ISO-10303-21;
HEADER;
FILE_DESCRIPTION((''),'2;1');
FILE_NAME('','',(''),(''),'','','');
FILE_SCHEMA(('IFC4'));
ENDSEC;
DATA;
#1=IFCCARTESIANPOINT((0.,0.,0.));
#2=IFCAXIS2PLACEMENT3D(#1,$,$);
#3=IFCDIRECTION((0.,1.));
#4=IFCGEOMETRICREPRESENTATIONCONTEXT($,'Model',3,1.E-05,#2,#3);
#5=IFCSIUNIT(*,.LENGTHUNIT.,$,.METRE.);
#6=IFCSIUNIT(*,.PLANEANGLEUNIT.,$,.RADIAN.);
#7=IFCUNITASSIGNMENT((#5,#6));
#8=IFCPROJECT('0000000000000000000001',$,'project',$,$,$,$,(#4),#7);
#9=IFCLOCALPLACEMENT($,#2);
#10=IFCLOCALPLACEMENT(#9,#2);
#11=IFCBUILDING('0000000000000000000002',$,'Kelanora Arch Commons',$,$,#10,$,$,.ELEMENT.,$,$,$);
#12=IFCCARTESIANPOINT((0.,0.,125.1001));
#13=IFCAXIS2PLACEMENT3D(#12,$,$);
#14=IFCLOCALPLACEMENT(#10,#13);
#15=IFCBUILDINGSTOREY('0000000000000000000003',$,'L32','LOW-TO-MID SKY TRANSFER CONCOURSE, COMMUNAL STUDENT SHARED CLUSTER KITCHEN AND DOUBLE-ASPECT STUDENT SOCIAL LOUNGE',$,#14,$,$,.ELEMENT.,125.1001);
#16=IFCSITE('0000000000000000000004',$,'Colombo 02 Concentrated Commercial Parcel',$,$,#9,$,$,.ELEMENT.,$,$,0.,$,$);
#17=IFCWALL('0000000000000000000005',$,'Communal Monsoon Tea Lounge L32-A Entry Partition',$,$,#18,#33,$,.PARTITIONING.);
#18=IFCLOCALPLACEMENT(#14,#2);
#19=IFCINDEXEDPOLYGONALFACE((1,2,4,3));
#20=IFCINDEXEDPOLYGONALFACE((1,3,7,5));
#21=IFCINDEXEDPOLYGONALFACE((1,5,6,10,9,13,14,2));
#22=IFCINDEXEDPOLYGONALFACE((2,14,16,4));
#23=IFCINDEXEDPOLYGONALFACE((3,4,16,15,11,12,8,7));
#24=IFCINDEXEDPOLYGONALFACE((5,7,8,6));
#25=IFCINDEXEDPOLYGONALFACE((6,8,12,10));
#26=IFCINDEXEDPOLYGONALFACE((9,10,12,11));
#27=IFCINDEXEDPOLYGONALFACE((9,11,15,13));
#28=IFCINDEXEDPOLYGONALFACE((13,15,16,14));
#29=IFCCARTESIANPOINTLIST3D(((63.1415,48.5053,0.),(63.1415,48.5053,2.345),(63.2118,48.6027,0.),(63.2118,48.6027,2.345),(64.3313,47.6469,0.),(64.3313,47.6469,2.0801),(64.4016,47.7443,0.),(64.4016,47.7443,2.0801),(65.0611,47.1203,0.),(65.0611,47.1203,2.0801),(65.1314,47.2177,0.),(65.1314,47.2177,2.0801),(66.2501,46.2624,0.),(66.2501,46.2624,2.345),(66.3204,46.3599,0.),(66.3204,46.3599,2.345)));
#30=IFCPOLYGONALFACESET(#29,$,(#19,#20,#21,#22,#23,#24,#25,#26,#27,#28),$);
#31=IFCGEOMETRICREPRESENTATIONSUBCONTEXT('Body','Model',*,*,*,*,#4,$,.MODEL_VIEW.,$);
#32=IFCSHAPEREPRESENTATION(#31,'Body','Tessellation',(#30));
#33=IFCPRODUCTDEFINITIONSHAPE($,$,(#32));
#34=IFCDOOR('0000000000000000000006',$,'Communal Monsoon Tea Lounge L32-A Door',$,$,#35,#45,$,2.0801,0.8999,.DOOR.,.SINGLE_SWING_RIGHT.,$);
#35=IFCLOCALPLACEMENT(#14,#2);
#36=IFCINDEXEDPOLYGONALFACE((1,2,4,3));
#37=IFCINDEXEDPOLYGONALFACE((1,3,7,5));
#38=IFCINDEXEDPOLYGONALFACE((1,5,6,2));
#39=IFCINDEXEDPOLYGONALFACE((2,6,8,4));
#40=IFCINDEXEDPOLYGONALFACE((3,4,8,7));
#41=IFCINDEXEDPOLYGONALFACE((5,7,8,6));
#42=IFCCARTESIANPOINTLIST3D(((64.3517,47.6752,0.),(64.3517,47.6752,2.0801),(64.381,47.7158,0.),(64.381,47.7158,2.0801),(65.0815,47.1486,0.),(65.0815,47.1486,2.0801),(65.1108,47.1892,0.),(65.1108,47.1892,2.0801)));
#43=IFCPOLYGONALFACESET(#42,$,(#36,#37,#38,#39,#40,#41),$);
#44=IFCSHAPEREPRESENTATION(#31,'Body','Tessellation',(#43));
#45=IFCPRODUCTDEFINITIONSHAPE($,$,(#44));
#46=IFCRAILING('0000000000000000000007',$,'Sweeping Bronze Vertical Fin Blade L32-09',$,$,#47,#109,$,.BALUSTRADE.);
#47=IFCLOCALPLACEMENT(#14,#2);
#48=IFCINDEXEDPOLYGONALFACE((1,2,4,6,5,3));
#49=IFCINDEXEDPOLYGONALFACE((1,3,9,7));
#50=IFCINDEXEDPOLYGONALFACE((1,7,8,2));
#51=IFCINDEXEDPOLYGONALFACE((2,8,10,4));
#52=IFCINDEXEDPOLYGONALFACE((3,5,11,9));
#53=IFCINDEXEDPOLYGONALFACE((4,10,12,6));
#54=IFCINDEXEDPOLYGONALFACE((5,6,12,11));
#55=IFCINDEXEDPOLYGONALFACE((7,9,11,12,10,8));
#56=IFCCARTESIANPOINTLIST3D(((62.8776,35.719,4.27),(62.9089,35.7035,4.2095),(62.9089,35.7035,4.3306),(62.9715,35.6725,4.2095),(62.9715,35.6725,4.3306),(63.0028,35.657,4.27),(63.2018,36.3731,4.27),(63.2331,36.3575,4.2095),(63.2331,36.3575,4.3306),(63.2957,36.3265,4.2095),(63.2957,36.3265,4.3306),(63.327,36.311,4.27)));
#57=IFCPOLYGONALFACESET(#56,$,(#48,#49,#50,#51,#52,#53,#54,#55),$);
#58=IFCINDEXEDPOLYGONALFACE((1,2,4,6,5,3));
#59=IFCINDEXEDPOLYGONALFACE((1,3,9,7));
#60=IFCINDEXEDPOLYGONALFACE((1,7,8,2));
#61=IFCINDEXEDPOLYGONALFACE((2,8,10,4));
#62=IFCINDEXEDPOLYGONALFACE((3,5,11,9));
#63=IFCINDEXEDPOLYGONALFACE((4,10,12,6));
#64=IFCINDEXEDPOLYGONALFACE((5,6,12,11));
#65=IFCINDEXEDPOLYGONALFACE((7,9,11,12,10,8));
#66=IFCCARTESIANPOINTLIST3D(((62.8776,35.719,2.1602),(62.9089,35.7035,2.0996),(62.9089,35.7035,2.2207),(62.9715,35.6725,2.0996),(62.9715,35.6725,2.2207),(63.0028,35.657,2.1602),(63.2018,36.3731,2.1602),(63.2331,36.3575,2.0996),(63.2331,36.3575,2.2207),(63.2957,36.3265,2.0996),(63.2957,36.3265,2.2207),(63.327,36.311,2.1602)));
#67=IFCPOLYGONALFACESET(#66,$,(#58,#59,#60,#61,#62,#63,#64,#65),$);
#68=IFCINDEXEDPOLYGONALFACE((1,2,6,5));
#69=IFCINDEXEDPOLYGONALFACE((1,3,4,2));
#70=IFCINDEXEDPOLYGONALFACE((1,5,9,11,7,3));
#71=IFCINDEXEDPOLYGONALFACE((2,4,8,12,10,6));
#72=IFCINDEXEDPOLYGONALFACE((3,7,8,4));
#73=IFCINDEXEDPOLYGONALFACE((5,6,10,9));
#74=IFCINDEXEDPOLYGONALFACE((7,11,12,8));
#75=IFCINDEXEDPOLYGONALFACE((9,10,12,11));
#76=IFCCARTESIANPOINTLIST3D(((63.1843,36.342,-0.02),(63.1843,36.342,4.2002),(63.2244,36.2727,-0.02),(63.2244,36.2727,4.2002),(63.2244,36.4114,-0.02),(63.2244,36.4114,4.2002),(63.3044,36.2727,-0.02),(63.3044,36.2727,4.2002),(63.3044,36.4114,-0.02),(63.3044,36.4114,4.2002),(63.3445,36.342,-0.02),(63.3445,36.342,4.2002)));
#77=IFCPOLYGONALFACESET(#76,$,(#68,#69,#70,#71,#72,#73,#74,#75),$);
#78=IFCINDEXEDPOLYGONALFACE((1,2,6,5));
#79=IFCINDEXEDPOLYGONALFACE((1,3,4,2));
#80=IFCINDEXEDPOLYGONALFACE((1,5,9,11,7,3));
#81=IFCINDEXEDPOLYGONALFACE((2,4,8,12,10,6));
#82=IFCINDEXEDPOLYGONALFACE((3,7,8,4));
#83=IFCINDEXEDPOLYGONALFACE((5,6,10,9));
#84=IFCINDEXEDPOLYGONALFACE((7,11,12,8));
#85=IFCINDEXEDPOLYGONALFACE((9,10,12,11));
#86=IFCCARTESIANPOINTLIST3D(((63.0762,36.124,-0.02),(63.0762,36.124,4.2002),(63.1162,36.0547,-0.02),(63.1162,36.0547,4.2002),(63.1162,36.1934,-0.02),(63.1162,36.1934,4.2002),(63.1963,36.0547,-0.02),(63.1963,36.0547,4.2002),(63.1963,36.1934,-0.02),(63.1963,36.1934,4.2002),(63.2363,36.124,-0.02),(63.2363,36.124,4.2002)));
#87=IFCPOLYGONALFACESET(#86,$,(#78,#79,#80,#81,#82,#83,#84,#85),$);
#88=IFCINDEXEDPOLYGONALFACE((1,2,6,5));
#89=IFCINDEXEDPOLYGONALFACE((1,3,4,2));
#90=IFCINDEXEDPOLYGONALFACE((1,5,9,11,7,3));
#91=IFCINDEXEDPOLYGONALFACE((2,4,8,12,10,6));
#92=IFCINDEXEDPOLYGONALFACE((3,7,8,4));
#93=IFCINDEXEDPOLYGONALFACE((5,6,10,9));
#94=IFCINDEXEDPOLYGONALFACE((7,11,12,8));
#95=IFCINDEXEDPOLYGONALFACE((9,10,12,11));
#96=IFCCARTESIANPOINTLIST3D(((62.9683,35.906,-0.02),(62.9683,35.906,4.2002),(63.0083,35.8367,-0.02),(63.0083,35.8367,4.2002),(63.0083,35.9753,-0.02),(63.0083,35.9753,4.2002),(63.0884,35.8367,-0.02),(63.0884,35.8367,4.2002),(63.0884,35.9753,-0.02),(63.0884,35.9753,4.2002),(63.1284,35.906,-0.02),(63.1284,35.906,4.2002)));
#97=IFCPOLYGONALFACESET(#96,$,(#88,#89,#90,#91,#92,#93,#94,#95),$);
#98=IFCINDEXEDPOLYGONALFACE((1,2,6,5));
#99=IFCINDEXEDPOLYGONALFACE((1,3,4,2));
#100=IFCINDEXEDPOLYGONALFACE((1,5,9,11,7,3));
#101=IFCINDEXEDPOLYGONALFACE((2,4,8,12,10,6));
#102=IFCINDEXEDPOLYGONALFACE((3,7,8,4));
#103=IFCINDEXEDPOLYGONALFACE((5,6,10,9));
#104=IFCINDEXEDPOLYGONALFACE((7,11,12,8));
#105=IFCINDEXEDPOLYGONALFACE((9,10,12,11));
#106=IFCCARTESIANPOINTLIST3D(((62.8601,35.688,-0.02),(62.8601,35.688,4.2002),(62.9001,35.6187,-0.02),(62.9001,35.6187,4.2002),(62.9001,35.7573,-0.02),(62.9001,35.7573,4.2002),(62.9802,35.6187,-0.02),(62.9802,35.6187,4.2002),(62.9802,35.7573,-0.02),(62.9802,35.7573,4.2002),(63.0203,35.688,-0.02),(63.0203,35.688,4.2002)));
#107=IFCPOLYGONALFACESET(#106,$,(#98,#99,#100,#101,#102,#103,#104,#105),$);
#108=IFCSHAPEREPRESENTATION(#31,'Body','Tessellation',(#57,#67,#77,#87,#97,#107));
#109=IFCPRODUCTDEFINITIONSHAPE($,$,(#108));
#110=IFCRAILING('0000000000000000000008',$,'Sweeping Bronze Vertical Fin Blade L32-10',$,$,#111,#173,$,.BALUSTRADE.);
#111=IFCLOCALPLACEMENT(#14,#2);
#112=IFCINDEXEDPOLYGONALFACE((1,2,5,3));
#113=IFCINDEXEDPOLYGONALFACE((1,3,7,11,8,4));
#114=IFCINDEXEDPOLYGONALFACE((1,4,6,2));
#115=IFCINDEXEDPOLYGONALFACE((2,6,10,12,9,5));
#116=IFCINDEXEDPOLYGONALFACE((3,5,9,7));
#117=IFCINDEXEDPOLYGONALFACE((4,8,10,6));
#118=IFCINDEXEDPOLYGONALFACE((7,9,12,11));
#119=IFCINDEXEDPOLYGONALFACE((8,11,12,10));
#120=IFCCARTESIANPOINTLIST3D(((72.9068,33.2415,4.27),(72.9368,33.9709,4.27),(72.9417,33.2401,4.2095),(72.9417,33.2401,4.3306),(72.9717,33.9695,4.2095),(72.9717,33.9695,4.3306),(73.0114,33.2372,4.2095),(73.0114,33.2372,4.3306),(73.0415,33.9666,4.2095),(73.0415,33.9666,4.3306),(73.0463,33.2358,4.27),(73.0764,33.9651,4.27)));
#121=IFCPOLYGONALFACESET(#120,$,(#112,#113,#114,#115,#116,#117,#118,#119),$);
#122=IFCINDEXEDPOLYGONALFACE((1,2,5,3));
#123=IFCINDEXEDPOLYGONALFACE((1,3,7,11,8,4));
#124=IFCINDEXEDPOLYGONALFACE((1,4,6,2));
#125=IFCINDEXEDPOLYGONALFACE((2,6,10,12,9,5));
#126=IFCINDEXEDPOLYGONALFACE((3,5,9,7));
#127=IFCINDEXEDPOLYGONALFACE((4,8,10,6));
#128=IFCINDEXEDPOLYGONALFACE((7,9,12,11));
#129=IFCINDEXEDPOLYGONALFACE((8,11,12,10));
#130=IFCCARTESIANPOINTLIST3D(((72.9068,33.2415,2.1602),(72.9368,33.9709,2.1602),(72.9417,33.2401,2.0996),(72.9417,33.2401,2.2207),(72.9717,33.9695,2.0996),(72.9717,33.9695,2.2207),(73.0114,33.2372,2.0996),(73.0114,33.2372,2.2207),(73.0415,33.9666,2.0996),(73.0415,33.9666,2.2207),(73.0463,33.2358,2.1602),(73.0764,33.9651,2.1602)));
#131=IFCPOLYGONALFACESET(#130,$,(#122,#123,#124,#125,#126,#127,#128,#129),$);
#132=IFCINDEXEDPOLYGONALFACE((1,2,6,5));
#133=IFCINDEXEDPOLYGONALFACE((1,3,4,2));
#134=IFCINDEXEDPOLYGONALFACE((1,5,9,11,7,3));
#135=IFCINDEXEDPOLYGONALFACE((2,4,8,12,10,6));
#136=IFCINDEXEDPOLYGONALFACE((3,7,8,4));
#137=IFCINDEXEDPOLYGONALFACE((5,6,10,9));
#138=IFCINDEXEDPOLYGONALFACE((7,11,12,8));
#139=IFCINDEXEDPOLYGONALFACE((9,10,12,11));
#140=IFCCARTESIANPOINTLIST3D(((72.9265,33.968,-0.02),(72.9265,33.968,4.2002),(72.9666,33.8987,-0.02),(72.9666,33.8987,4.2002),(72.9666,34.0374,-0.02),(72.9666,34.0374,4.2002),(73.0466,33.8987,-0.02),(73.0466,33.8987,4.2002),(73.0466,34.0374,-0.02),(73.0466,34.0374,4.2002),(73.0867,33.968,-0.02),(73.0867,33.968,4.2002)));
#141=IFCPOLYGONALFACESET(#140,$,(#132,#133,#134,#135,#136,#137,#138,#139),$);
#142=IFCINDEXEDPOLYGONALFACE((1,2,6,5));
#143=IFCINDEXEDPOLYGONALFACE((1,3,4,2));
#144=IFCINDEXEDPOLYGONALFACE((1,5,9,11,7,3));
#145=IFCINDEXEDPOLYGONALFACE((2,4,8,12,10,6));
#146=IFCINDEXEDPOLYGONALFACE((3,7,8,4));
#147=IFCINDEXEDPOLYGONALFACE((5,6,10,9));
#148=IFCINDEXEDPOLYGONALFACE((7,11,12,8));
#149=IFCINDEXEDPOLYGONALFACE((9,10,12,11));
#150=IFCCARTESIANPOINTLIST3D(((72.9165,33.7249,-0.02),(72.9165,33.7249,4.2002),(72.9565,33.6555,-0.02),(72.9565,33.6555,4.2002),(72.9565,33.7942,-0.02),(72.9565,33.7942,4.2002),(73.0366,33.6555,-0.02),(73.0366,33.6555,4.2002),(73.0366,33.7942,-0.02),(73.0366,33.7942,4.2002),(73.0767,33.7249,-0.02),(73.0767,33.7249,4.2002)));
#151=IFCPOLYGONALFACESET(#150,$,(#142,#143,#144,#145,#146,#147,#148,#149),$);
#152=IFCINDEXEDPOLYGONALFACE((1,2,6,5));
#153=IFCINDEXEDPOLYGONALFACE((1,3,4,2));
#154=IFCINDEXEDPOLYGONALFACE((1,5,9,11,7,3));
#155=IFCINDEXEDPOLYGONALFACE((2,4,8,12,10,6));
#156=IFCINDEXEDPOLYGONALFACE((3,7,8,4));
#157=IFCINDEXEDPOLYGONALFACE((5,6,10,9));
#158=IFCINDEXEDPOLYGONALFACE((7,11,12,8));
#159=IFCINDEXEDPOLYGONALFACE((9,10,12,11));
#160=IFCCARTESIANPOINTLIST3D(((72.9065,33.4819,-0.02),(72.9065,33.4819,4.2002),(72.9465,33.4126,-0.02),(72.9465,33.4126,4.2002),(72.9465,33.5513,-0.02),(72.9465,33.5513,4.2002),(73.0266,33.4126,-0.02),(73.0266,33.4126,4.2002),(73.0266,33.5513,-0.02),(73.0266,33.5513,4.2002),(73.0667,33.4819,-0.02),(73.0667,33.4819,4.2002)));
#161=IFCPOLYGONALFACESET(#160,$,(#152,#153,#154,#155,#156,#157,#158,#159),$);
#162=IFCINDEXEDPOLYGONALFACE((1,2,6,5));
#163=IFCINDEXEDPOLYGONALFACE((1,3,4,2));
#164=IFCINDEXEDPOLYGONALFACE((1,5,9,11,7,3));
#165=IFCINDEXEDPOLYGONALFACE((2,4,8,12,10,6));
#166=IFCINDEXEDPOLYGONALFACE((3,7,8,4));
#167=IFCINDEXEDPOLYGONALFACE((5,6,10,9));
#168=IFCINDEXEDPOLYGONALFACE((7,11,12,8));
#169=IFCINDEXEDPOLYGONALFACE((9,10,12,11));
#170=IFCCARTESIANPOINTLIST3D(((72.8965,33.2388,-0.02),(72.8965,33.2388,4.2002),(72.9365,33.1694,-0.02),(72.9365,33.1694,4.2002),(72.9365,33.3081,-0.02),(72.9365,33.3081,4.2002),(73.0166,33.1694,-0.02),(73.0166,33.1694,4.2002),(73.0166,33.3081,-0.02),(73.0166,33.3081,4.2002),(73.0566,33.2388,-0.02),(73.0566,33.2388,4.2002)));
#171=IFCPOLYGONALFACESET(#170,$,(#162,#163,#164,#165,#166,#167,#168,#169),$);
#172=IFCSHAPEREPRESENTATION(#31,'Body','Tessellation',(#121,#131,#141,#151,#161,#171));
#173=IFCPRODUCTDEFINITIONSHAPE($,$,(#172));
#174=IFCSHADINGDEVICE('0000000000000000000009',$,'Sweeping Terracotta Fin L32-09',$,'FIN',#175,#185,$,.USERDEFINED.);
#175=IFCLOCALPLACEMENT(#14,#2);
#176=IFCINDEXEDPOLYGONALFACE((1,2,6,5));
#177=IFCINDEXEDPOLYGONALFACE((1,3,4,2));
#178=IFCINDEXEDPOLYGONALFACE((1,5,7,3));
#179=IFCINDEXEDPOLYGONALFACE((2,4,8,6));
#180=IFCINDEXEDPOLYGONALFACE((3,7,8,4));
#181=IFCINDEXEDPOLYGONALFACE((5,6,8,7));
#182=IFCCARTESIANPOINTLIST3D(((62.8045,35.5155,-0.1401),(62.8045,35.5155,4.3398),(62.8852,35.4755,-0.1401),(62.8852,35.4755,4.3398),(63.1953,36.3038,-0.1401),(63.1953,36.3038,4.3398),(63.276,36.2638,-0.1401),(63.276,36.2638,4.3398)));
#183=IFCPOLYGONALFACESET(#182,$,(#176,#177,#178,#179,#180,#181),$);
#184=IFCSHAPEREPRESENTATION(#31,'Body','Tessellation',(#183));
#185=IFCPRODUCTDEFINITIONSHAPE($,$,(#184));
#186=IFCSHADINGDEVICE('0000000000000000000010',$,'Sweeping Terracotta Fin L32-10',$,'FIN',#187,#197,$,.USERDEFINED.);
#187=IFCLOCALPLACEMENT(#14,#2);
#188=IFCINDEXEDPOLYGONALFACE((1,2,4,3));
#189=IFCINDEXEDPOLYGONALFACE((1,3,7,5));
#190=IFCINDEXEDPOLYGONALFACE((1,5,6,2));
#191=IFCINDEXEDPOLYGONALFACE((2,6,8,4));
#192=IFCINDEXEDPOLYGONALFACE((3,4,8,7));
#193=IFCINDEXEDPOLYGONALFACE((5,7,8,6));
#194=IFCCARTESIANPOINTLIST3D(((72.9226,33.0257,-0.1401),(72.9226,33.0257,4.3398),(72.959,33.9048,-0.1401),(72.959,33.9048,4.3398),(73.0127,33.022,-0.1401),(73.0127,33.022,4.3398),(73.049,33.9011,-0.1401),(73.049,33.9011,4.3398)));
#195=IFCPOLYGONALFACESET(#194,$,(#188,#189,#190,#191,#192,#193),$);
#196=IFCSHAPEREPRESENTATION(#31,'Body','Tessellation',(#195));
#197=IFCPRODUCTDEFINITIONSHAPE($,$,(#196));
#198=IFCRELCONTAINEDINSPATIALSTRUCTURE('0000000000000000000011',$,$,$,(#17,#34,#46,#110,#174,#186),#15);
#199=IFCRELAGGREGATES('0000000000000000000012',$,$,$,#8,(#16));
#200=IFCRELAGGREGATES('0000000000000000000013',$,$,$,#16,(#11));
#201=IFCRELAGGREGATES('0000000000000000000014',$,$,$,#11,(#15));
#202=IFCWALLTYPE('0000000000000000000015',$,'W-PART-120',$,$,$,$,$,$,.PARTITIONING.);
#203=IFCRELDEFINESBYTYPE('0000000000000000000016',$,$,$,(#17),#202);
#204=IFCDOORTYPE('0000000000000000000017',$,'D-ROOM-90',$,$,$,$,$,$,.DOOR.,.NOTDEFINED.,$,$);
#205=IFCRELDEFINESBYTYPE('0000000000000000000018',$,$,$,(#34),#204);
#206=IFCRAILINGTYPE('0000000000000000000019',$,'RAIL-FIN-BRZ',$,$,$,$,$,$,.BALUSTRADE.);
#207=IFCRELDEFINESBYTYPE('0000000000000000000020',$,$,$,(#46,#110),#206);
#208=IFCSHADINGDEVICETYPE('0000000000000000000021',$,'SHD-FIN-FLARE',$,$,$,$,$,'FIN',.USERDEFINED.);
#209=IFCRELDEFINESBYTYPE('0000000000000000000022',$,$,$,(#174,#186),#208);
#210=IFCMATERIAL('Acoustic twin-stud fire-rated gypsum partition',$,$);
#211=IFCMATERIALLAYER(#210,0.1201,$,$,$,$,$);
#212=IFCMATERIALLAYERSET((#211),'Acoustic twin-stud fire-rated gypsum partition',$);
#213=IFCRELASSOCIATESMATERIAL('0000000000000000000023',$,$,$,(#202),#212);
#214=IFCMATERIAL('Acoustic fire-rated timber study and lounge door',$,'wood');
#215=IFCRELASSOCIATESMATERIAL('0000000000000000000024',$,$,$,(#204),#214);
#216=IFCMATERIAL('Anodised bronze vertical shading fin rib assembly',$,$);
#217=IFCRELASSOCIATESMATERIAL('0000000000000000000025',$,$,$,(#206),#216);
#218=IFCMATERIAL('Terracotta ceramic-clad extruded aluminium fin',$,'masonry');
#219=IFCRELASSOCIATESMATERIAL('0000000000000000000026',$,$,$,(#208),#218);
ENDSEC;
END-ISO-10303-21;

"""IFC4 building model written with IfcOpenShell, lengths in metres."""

from ifc_helpers import new_model, si_unit, direction, frame, frame_2d, origin, origin_2d, place, context, subcontext, project, spatial, polyline, rectangle, outline, extrude, source, transform, mapped, material, layer, layer_set, type_object, element, fill, save


model = new_model("IFC4")

# Units and contexts
model_context = context("Model", 3, precision=1e-05, world=origin(), true_north=direction((0.0, 1.0)))
body_context = subcontext(model_context, "Body", "Model", "MODEL_VIEW")
ifc_project = project(units=[si_unit("LENGTHUNIT", "METRE"), si_unit("PLANEANGLEUNIT", "RADIAN")], contexts=[model_context])

# Site, building, storey
site_placement = place(None, origin())
site = spatial("IfcSite", under=ifc_project, at=site_placement, Name="Colombo 02 Concentrated Commercial Parcel", CompositionType="ELEMENT", RefElevation=0.0)
building_placement = place(site_placement, origin())
building = spatial("IfcBuilding", under=site, at=building_placement, Name="Kelanora Arch Commons", CompositionType="ELEMENT")
storey_placement = place(building_placement, frame((0.0, 0.0, 125.1001)))
storey = spatial("IfcBuildingStorey", under=building, at=storey_placement, Name="L32", Description="LOW-TO-MID SKY TRANSFER CONCOURSE, COMMUNAL STUDENT SHARED CLUSTER KITCHEN AND DOUBLE-ASPECT STUDENT SOCIAL LOUNGE", CompositionType="ELEMENT", Elevation=125.1001)

# Wall, opening, door
ifc_material_1 = material(Name="Acoustic twin-stud fire-rated gypsum partition")
ifc_layer_1 = layer(ifc_material_1, 0.1201)
ifc_layer_set_1 = layer_set([ifc_layer_1], Name="Acoustic twin-stud fire-rated gypsum partition")
wall_type_1 = type_object("IfcWallType", Name="W-PART-120", PredefinedType="PARTITIONING", material=ifc_layer_set_1)
wall_1_placement = place(storey_placement, frame((63.1768, 48.554, 0.0), z_axis=(0.0, 0.0, 1.0), x_axis=(0.810953, -0.585111, 0.0)))
wall_1 = element("IfcWall", 1, at=wall_1_placement, inside=storey, type_object=wall_type_1, Name="Communal Monsoon Tea Lounge L32-A Entry Partition", PredefinedType="PARTITIONING", context=body_context, shape_type="SweptSolid", body=[
    extrude(rectangle(XDim=3.8333, YDim=0.1201, at=frame_2d((1.9165, 0.0))), origin(), (0.0, 0.0, 1.0), 2.345),
])
opening_1_placement = place(wall_1_placement, frame((1.467, 0.0, 0.0)))
opening_1 = element("IfcOpeningElement", 2, at=opening_1_placement, cuts=wall_1, PredefinedType="OPENING", context=body_context, shape_type="SweptSolid", body=[
    extrude(rectangle(XDim=0.8999, YDim=2.0801, at=frame_2d((0.45, 1.04))), frame((0.0, 0.0701, 0.0), z_axis=(0.0, -1.0, 0.0), x_axis=(1.0, 0.0, 0.0)), (0.0, 0.0, 1.0), 0.1401),
])
ifc_material_2 = material(Name="Acoustic fire-rated timber study and lounge door", Category="wood")
door_type_1 = type_object("IfcDoorType", Name="D-ROOM-90", OperationType="NOTDEFINED", PredefinedType="DOOR", material=ifc_material_2)
door_1_placement = place(opening_1_placement, origin())
door_1 = element("IfcDoor", 3, at=door_1_placement, inside=storey, type_object=door_type_1, Name="Communal Monsoon Tea Lounge L32-A Door", OperationType="SINGLE_SWING_RIGHT", OverallHeight=2.0801, OverallWidth=0.8999, PredefinedType="DOOR", context=body_context, shape_type="SweptSolid", body=[
    extrude(rectangle(XDim=0.8999, YDim=2.0801, at=frame_2d((0.45, 1.04))), frame((0.0, 0.0249, 0.0), z_axis=(0.0, -1.0, 0.0), x_axis=(1.0, 0.0, 0.0)), (0.0, 0.0, 1.0), 0.05),
])
fill(opening_1, door_1)

# Railings
ifc_material_3 = material(Name="Anodised bronze vertical shading fin rib assembly")
railing_type = type_object("IfcRailingType", Name="RAIL-FIN-BRZ", PredefinedType="BALUSTRADE", material=ifc_material_3)
railing_1_placement = place(storey_placement, frame((63.2644, 36.342, -0.02)))
element("IfcRailing", 4, at=railing_1_placement, inside=storey, type_object=railing_type, Name="Sweeping Bronze Vertical Fin Blade L32-09", PredefinedType="BALUSTRADE", context=body_context, shape_type="SweptSolid", body=[
    extrude(outline(polyline([(0.0698, 0.0), (0.0349, 0.0605), (-0.0349, 0.0605), (-0.0698, 0.0), (-0.0349, -0.0605), (0.0349, -0.0605), (0.0698, 0.0)])), frame((0.0, 0.0, 4.29), z_axis=(-0.444134, -0.89596, 0.0), x_axis=(0.89596, -0.444134, 0.0)), (0.0, 0.0, 1.0), 0.73),
    extrude(outline(polyline([(0.0698, 0.0), (0.0349, 0.0605), (-0.0349, 0.0605), (-0.0698, 0.0), (-0.0349, -0.0605), (0.0349, -0.0605), (0.0698, 0.0)])), frame((0.0, 0.0, 2.1802), z_axis=(-0.444134, -0.89596, 0.0), x_axis=(0.89596, -0.444134, 0.0)), (0.0, 0.0, 1.0), 0.73),
    extrude(outline(polyline([(0.0801, 0.0), (0.04, 0.0693), (-0.04, 0.0693), (-0.0801, 0.0), (-0.04, -0.0693), (0.04, -0.0693), (0.0801, 0.0)])), origin(), (0.0, 0.0, 1.0), 4.2202),
    extrude(outline(polyline([(0.0801, 0.0), (0.04, 0.0693), (-0.04, 0.0693), (-0.0801, 0.0), (-0.04, -0.0693), (0.04, -0.0693), (0.0801, 0.0)])), frame((-0.1082, -0.218, 0.0)), (0.0, 0.0, 1.0), 4.2202),
    extrude(outline(polyline([(0.0801, 0.0), (0.04, 0.0693), (-0.04, 0.0693), (-0.0801, 0.0), (-0.04, -0.0693), (0.04, -0.0693), (0.0801, 0.0)])), frame((-0.2161, -0.436, 0.0)), (0.0, 0.0, 1.0), 4.2202),
    extrude(outline(polyline([(0.0801, 0.0), (0.04, 0.0693), (-0.04, 0.0693), (-0.0801, 0.0), (-0.04, -0.0693), (0.04, -0.0693), (0.0801, 0.0)])), frame((-0.3242, -0.6541, 0.0)), (0.0, 0.0, 1.0), 4.2202),
])
railing_2_placement = place(storey_placement, frame((73.0066, 33.968, -0.02)))
element("IfcRailing", 5, at=railing_2_placement, inside=storey, type_object=railing_type, Name="Sweeping Bronze Vertical Fin Blade L32-10", PredefinedType="BALUSTRADE", context=body_context, shape_type="SweptSolid", body=[
    extrude(outline(polyline([(0.0698, 0.0), (0.0349, 0.0605), (-0.0349, 0.0605), (-0.0698, 0.0), (-0.0349, -0.0605), (0.0349, -0.0605), (0.0698, 0.0)])), frame((0.0, 0.0, 4.29), z_axis=(-0.041144, -0.999153, 0.0), x_axis=(0.999153, -0.041144, 0.0)), (0.0, 0.0, 1.0), 0.73),
    extrude(outline(polyline([(0.0698, 0.0), (0.0349, 0.0605), (-0.0349, 0.0605), (-0.0698, 0.0), (-0.0349, -0.0605), (0.0349, -0.0605), (0.0698, 0.0)])), frame((0.0, 0.0, 2.1802), z_axis=(-0.041144, -0.999153, 0.0), x_axis=(0.999153, -0.041144, 0.0)), (0.0, 0.0, 1.0), 0.73),
    extrude(outline(polyline([(0.0801, 0.0), (0.04, 0.0693), (-0.04, 0.0693), (-0.0801, 0.0), (-0.04, -0.0693), (0.04, -0.0693), (0.0801, 0.0)])), origin(), (0.0, 0.0, 1.0), 4.2202),
    extrude(outline(polyline([(0.0801, 0.0), (0.04, 0.0693), (-0.04, 0.0693), (-0.0801, 0.0), (-0.04, -0.0693), (0.04, -0.0693), (0.0801, 0.0)])), frame((-0.01, -0.2432, 0.0)), (0.0, 0.0, 1.0), 4.2202),
    extrude(outline(polyline([(0.0801, 0.0), (0.04, 0.0693), (-0.04, 0.0693), (-0.0801, 0.0), (-0.04, -0.0693), (0.04, -0.0693), (0.0801, 0.0)])), frame((-0.02, -0.4861, 0.0)), (0.0, 0.0, 1.0), 4.2202),
    extrude(outline(polyline([(0.0801, 0.0), (0.04, 0.0693), (-0.04, 0.0693), (-0.0801, 0.0), (-0.04, -0.0693), (0.04, -0.0693), (0.0801, 0.0)])), frame((-0.03, -0.7292, 0.0)), (0.0, 0.0, 1.0), 4.2202),
])

# Shading devices
ifc_material_4 = material(Name="Terracotta ceramic-clad extruded aluminium fin", Category="masonry")
shading_device_type = type_object("IfcShadingDeviceType", Name="SHD-FIN-FLARE", ElementType="FIN", PredefinedType="USERDEFINED", material=ifc_material_4)
shared_shape_1 = source(origin(), body_context, "Body", "SweptSolid", [
    extrude(rectangle(XDim=0.8799, YDim=0.0901, at=origin_2d()), origin(), (0.0, 0.0, 1.0), 4.48),
])
for number, where, z_axis, x_axis, name in (
    (6, (63.0403, 35.8896, -0.1401), (0.0, 0.0, 1.0), (-0.444166, -0.895944, 0.0), "Sweeping Terracotta Fin L32-09"),
    (7, (72.9858, 33.4634, -0.1401), (0.0, 0.0, 1.0), (-0.041353, -0.999145, 0.0), "Sweeping Terracotta Fin L32-10"),
):
    element("IfcShadingDevice", number, at=place(storey_placement, frame(where, z_axis=z_axis, x_axis=x_axis)), inside=storey, type_object=shading_device_type, Name=name, ObjectType="FIN", PredefinedType="USERDEFINED", context=body_context, shape_type="MappedRepresentation", body=[
        mapped(shared_shape_1, transform((0.0, 0.0, 0.0), scale=1.0)),
    ])

save(model, "model.ifc")
